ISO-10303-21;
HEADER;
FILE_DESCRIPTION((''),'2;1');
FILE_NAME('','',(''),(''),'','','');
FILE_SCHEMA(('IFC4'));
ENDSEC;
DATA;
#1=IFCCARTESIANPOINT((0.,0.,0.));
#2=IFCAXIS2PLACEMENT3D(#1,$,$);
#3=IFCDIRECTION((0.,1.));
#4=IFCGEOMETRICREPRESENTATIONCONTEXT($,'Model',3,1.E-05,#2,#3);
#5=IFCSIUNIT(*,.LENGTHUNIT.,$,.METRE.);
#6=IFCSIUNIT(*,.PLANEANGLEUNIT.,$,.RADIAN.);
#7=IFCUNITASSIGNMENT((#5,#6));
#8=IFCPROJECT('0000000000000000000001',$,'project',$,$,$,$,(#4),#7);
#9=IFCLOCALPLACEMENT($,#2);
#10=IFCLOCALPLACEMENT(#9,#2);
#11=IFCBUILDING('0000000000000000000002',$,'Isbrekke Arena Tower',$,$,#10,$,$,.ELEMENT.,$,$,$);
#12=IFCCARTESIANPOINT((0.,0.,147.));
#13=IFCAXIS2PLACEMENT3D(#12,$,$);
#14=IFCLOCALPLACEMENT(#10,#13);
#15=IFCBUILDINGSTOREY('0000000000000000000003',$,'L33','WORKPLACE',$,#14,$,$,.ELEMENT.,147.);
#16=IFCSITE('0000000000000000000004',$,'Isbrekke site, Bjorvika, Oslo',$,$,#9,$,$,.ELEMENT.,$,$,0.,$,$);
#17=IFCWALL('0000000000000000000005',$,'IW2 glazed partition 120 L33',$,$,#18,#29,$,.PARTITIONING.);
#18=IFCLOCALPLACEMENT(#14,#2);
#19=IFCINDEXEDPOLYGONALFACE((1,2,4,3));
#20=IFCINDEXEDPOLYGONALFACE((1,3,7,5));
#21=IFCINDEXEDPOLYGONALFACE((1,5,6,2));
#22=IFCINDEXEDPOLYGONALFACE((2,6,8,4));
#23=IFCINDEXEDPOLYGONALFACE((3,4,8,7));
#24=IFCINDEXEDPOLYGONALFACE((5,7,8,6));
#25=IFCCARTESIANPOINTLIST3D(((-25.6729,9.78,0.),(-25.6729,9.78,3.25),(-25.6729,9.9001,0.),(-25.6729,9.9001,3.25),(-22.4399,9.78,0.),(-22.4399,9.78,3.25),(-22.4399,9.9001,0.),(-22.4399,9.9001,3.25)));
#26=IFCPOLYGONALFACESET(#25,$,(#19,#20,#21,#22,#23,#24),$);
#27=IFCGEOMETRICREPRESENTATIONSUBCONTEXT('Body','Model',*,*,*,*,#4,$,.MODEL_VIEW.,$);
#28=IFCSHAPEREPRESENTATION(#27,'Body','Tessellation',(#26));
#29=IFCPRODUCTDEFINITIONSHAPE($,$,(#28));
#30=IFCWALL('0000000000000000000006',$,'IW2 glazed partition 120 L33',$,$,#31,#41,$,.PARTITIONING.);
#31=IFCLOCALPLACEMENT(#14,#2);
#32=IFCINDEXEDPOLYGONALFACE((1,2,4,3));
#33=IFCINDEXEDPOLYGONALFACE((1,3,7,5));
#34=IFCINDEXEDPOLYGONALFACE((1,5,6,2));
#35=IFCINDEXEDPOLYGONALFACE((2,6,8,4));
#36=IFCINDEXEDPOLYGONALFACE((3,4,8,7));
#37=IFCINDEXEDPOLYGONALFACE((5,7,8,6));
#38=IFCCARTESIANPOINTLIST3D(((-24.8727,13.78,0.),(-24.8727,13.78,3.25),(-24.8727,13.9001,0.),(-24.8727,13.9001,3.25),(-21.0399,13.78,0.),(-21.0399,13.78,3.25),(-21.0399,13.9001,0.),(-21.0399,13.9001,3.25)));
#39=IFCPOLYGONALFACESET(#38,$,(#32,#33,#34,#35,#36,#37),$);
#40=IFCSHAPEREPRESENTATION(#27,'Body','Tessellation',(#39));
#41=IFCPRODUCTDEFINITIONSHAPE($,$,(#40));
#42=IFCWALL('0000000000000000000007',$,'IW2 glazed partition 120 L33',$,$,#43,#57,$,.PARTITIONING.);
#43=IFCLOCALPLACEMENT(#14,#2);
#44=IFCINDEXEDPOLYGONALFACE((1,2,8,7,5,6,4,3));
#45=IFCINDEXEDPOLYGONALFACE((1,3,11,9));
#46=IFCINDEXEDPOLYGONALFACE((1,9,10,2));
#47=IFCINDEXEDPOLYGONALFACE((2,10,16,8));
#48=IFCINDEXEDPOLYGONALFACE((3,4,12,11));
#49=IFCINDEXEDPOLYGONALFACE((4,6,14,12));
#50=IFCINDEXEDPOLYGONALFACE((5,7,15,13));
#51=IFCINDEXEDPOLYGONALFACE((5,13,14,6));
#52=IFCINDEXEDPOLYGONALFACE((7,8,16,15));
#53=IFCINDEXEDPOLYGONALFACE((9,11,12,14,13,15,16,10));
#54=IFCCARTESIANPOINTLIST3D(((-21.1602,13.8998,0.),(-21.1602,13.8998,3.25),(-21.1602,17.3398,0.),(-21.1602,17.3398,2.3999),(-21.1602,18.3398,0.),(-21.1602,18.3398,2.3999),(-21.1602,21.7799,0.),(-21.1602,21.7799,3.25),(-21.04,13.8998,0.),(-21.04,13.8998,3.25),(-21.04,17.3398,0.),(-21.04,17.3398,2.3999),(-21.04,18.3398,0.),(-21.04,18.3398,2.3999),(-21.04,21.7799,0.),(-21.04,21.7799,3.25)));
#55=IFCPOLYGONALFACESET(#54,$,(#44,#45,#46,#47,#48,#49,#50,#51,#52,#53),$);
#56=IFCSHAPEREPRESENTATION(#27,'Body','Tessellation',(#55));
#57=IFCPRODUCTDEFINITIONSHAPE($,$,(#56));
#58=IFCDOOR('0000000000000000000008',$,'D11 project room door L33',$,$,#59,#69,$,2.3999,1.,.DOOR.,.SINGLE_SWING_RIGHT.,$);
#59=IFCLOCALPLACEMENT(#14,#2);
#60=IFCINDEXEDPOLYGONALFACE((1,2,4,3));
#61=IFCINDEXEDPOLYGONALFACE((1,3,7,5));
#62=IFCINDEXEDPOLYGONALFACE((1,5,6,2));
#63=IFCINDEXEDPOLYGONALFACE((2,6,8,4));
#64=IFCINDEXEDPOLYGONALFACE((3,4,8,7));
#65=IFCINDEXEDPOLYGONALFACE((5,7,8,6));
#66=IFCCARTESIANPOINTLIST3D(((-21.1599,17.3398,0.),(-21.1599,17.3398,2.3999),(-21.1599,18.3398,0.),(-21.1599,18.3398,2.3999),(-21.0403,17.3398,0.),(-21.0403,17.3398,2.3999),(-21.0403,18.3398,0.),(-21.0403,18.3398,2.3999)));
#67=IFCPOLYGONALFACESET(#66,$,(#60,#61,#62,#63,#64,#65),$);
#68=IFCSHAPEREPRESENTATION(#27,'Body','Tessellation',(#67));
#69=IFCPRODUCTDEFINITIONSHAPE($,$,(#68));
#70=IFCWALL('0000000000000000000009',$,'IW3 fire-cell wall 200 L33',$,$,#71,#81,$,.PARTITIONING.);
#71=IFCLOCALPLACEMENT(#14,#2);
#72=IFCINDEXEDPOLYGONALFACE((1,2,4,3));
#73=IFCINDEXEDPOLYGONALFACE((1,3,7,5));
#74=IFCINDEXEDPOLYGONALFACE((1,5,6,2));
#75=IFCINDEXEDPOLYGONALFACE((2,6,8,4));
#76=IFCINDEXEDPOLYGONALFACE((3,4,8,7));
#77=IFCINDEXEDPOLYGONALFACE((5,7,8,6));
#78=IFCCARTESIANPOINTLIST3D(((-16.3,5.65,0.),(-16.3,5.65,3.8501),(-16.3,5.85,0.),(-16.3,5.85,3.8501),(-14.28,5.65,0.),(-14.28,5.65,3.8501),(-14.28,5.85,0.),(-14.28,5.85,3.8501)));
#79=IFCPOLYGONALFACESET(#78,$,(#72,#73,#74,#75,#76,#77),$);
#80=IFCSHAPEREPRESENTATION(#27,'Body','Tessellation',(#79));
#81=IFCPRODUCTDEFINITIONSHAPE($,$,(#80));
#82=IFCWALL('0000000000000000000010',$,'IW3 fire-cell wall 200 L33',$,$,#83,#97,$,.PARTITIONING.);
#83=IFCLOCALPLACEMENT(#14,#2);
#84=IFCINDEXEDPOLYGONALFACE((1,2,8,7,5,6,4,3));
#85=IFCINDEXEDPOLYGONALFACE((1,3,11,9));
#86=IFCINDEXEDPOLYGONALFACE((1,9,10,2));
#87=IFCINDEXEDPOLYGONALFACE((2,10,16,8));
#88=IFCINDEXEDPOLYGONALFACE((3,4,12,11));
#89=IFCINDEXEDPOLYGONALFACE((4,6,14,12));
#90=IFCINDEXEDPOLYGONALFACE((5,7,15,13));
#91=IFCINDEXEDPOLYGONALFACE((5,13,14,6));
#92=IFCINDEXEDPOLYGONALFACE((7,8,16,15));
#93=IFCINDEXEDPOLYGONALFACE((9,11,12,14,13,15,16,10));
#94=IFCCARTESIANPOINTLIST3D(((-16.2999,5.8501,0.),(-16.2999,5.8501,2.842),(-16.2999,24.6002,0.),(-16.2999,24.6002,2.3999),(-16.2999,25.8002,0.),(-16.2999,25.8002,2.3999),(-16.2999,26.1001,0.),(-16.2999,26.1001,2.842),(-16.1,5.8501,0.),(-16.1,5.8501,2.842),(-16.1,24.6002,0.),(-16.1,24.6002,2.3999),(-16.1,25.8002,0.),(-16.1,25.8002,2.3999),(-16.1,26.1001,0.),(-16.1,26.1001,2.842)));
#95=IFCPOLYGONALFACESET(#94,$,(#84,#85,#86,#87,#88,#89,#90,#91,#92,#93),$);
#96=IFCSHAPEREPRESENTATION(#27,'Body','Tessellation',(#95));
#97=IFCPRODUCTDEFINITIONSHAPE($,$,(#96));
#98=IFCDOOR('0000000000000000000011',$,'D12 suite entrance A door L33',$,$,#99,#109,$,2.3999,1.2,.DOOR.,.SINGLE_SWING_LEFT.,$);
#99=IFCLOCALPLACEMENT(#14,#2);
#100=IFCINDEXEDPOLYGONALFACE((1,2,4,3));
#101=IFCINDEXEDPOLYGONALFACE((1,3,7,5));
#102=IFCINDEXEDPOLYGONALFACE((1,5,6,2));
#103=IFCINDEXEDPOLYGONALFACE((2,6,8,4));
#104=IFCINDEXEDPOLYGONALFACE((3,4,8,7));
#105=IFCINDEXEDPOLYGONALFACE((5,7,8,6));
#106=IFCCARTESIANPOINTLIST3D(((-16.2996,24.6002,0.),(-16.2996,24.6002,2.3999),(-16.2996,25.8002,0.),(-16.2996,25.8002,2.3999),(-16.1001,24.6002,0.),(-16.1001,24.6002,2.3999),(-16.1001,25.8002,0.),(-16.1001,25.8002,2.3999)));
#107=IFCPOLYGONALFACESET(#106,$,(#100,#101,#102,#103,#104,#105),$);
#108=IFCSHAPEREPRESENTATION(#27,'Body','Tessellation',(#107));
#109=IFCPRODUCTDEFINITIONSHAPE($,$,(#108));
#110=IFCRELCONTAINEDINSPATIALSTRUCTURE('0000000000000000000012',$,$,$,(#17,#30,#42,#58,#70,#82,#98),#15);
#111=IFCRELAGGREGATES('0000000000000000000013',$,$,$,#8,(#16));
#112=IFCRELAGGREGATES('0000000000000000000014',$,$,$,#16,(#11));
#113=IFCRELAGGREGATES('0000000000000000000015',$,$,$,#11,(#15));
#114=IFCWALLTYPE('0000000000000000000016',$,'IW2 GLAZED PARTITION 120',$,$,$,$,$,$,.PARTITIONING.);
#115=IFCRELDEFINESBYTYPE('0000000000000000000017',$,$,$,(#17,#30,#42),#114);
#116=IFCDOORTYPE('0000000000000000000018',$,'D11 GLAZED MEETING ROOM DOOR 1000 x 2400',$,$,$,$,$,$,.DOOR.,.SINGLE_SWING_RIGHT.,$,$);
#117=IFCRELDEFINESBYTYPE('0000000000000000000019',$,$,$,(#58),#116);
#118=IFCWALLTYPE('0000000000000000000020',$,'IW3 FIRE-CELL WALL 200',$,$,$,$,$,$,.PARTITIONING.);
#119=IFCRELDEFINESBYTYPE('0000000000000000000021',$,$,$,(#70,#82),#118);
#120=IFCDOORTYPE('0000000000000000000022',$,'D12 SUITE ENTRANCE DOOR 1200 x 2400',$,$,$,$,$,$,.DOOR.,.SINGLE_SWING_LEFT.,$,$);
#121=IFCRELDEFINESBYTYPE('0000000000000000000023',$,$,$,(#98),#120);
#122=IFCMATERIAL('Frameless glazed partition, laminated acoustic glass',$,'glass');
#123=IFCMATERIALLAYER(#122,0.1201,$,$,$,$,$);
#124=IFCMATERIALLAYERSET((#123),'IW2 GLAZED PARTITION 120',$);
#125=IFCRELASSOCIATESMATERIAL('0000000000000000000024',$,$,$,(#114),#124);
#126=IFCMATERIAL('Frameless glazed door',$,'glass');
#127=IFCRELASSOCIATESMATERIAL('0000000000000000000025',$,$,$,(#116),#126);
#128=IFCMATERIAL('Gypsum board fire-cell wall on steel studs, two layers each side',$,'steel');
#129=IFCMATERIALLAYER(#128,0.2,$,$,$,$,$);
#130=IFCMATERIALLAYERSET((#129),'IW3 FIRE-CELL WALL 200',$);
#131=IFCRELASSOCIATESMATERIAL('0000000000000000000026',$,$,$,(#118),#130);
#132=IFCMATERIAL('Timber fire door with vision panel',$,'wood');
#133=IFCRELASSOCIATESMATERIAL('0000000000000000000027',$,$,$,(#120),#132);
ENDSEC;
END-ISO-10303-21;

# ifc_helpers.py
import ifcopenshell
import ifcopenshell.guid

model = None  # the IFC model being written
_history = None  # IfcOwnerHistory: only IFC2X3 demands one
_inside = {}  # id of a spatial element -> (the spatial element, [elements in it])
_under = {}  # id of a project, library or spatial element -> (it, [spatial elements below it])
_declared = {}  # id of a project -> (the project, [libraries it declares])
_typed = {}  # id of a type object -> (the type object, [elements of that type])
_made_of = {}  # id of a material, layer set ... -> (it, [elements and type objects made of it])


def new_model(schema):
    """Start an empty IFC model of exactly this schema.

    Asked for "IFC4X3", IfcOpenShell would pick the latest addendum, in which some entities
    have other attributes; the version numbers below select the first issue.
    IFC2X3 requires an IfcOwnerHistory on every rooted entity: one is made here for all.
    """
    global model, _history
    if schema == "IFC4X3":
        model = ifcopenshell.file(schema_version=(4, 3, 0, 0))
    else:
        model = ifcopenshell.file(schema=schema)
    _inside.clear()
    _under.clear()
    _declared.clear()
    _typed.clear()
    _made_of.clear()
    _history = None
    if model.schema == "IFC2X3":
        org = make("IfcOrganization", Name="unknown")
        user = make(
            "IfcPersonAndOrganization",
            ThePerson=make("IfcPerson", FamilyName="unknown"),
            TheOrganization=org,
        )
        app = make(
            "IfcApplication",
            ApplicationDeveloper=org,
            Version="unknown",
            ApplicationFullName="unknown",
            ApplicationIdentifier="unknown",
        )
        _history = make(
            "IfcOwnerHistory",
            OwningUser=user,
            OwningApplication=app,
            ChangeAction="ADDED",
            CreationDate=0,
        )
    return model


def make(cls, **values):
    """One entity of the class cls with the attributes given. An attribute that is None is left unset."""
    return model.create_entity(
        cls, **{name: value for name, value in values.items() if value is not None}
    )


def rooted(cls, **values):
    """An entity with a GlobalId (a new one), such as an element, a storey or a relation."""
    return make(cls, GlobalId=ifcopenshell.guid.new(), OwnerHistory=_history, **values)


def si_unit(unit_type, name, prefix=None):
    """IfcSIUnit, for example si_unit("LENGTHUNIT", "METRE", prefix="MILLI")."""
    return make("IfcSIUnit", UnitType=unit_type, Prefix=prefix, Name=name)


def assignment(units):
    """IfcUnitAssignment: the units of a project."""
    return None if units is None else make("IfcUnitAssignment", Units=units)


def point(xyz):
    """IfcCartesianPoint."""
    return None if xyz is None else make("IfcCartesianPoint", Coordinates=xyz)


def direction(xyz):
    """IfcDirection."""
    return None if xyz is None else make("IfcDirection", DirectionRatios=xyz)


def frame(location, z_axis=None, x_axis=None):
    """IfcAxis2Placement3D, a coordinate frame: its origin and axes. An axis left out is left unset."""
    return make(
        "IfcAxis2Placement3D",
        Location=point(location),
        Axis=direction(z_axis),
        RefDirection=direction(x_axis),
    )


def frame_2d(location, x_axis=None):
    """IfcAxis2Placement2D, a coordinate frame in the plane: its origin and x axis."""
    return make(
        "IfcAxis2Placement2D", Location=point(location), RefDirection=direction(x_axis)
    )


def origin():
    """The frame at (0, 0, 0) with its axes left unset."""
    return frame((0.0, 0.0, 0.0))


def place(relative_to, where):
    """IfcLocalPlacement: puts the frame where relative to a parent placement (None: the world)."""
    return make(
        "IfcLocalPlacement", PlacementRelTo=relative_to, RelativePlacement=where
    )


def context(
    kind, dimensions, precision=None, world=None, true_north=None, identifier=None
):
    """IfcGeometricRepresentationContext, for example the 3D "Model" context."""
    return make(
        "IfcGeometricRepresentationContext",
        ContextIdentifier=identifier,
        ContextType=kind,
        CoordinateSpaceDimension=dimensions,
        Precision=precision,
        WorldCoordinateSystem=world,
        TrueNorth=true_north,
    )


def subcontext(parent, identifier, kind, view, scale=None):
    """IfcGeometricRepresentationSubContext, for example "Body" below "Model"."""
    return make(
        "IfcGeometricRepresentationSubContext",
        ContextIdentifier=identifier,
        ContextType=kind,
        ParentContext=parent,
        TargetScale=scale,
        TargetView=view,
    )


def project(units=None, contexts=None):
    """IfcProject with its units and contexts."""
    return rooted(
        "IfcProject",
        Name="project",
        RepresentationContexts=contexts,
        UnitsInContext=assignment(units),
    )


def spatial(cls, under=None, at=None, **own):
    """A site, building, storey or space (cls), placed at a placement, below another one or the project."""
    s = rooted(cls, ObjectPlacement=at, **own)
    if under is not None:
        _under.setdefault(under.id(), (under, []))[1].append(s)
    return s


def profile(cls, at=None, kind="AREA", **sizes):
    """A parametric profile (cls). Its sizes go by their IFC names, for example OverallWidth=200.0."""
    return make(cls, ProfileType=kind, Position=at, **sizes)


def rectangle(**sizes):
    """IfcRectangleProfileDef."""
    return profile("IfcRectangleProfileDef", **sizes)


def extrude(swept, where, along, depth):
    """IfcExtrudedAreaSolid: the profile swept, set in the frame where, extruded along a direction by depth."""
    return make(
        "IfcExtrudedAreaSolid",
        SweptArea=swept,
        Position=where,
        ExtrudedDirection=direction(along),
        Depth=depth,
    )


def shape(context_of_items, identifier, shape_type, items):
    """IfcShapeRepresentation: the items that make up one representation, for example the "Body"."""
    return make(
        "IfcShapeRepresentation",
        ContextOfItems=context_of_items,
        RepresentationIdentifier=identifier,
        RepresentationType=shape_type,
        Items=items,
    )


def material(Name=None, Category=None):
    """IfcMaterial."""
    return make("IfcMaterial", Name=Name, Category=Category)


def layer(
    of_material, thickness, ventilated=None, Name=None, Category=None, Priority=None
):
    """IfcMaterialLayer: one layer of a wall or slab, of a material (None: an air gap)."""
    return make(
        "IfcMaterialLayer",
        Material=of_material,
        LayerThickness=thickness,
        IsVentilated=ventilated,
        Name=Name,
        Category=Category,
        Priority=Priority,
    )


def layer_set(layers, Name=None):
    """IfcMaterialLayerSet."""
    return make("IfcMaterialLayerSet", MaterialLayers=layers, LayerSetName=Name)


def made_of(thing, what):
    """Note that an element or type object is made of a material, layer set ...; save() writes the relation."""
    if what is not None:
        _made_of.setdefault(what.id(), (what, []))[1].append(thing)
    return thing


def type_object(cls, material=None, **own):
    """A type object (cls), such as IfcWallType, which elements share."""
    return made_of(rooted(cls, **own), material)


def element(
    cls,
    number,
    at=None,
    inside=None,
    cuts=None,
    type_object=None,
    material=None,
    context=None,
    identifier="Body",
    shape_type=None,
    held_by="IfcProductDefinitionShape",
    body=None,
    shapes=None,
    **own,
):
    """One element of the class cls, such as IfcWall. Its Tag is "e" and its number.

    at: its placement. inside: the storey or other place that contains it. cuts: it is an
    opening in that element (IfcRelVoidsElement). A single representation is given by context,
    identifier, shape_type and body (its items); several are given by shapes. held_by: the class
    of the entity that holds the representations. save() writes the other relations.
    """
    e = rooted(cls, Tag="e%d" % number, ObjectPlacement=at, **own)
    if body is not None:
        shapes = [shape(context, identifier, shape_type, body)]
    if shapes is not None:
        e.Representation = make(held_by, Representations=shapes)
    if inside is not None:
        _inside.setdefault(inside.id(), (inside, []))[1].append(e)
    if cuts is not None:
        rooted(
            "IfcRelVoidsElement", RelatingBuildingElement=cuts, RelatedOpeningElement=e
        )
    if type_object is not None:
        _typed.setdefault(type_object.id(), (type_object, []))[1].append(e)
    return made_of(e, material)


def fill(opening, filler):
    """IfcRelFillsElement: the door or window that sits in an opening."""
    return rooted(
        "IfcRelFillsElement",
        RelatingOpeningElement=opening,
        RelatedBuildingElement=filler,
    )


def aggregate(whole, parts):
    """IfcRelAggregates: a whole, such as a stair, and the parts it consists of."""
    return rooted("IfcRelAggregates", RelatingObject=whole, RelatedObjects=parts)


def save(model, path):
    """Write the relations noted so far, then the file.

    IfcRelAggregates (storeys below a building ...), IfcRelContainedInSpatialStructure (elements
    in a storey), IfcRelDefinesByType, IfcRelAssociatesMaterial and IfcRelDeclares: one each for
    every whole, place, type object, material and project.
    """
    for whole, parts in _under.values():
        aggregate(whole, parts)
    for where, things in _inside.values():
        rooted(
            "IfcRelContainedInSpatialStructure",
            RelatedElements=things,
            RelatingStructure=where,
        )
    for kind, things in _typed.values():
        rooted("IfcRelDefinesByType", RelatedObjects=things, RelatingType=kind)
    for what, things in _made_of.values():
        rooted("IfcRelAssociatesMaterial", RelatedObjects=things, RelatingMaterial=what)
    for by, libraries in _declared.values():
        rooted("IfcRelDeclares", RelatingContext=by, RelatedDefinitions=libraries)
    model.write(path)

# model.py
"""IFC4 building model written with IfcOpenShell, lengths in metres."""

from ifc_helpers import new_model, si_unit, direction, frame, frame_2d, origin, place, context, subcontext, project, spatial, rectangle, extrude, material, layer, layer_set, type_object, element, fill, save


model = new_model("IFC4")

# Units and contexts
model_context = context("Model", 3, precision=1e-05, world=origin(), true_north=direction((0.0, 1.0)))
body_context = subcontext(model_context, "Body", "Model", "MODEL_VIEW")
ifc_project = project(units=[si_unit("LENGTHUNIT", "METRE"), si_unit("PLANEANGLEUNIT", "RADIAN")], contexts=[model_context])

# Site, building, storey
site_placement = place(None, origin())
site = spatial("IfcSite", under=ifc_project, at=site_placement, Name="Isbrekke site, Bjorvika, Oslo", CompositionType="ELEMENT", RefElevation=0.0)
building_placement = place(site_placement, origin())
building = spatial("IfcBuilding", under=site, at=building_placement, Name="Isbrekke Arena Tower", CompositionType="ELEMENT")
storey_placement = place(building_placement, frame((0.0, 0.0, 147.0)))
storey = spatial("IfcBuildingStorey", under=building, at=storey_placement, Name="L33", Description="WORKPLACE", CompositionType="ELEMENT", Elevation=147.0)

# Walls
ifc_material_1 = material(Name="Frameless glazed partition, laminated acoustic glass", Category="glass")
ifc_layer_1 = layer(ifc_material_1, 0.1201)
ifc_layer_set_1 = layer_set([ifc_layer_1], Name="IW2 GLAZED PARTITION 120")
wall_type_1 = type_object("IfcWallType", Name="IW2 GLAZED PARTITION 120", PredefinedType="PARTITIONING", material=ifc_layer_set_1)
wall_1_placement = place(storey_placement, frame((-25.6729, 9.8401, 0.0), z_axis=(0.0, 0.0, 1.0), x_axis=(1.0, 0.0, 0.0)))
element("IfcWall", 1, at=wall_1_placement, inside=storey, type_object=wall_type_1, Name="IW2 glazed partition 120 L33", PredefinedType="PARTITIONING", context=body_context, shape_type="SweptSolid", body=[
    extrude(rectangle(XDim=3.2329, YDim=0.1201, at=frame_2d((1.6165, 0.0))), origin(), (0.0, 0.0, 1.0), 3.25),
])
wall_2_placement = place(storey_placement, frame((-24.8728, 13.8401, 0.0), z_axis=(0.0, 0.0, 1.0), x_axis=(1.0, 0.0, 0.0)))
element("IfcWall", 2, at=wall_2_placement, inside=storey, type_object=wall_type_1, Name="IW2 glazed partition 120 L33", PredefinedType="PARTITIONING", context=body_context, shape_type="SweptSolid", body=[
    extrude(rectangle(XDim=3.8328, YDim=0.1201, at=frame_2d((1.9165, 0.0))), origin(), (0.0, 0.0, 1.0), 3.25),
])

# Wall, opening, door
wall_3_placement = place(storey_placement, frame((-21.1001, 13.8999, 0.0), z_axis=(0.0, 0.0, 1.0), x_axis=(0.0, 1.0, 0.0)))
wall_3 = element("IfcWall", 3, at=wall_3_placement, inside=storey, type_object=wall_type_1, Name="IW2 glazed partition 120 L33", PredefinedType="PARTITIONING", context=body_context, shape_type="SweptSolid", body=[
    extrude(rectangle(XDim=7.8801, YDim=0.1201, at=frame_2d((3.9399, 0.0))), origin(), (0.0, 0.0, 1.0), 3.25),
])
opening_1_placement = place(wall_3_placement, frame((3.4399, 0.0, 0.0)))
opening_1 = element("IfcOpeningElement", 4, at=opening_1_placement, cuts=wall_3, PredefinedType="OPENING", context=body_context, shape_type="SweptSolid", body=[
    extrude(rectangle(XDim=1.0, YDim=2.3999, at=frame_2d((0.5, 1.2))), frame((0.0, 0.075, 0.0), z_axis=(0.0, -1.0, 0.0), x_axis=(1.0, 0.0, 0.0)), (0.0, 0.0, 1.0), 0.1499),
])
ifc_material_2 = material(Name="Frameless glazed door", Category="glass")
door_type_1 = type_object("IfcDoorType", Name="D11 GLAZED MEETING ROOM DOOR 1000 x 2400", OperationType="SINGLE_SWING_RIGHT", PredefinedType="DOOR", material=ifc_material_2)
door_1_placement = place(opening_1_placement, origin())
door_1 = element("IfcDoor", 5, at=door_1_placement, inside=storey, type_object=door_type_1, Name="D11 project room door L33", OperationType="SINGLE_SWING_RIGHT", OverallHeight=2.3999, OverallWidth=1.0, PredefinedType="DOOR", context=body_context, shape_type="SweptSolid", body=[
    extrude(rectangle(XDim=1.0, YDim=2.3999, at=frame_2d((0.5, 1.2))), frame((0.0, 0.0598, 0.0), z_axis=(0.0, -1.0, 0.0), x_axis=(1.0, 0.0, 0.0)), (0.0, 0.0, 1.0), 0.1196),
])
fill(opening_1, door_1)

# Wall
ifc_material_3 = material(Name="Gypsum board fire-cell wall on steel studs, two layers each side", Category="steel")
ifc_layer_2 = layer(ifc_material_3, 0.2)
ifc_layer_set_2 = layer_set([ifc_layer_2], Name="IW3 FIRE-CELL WALL 200")
wall_type_2 = type_object("IfcWallType", Name="IW3 FIRE-CELL WALL 200", PredefinedType="PARTITIONING", material=ifc_layer_set_2)
wall_4_placement = place(storey_placement, frame((-16.3, 5.75, 0.0), z_axis=(0.0, 0.0, 1.0), x_axis=(1.0, 0.0, 0.0)))
element("IfcWall", 6, at=wall_4_placement, inside=storey, type_object=wall_type_2, Name="IW3 fire-cell wall 200 L33", PredefinedType="PARTITIONING", context=body_context, shape_type="SweptSolid", body=[
    extrude(rectangle(XDim=2.02, YDim=0.2, at=frame_2d((1.01, 0.0))), origin(), (0.0, 0.0, 1.0), 3.8501),
])

# Wall, opening, door
wall_5_placement = place(storey_placement, frame((-16.2, 5.8501, 0.0), z_axis=(0.0, 0.0, 1.0), x_axis=(0.0, 1.0, 0.0)))
wall_5 = element("IfcWall", 7, at=wall_5_placement, inside=storey, type_object=wall_type_2, Name="IW3 fire-cell wall 200 L33", PredefinedType="PARTITIONING", context=body_context, shape_type="SweptSolid", body=[
    extrude(rectangle(XDim=20.25, YDim=0.2, at=frame_2d((10.125, 0.0))), origin(), (0.0, 0.0, 1.0), 2.842),
])
opening_2_placement = place(wall_5_placement, frame((18.75, 0.0, 0.0)))
opening_2 = element("IfcOpeningElement", 8, at=opening_2_placement, cuts=wall_5, PredefinedType="OPENING", context=body_context, shape_type="SweptSolid", body=[
    extrude(rectangle(XDim=1.2, YDim=2.3999, at=frame_2d((0.6001, 1.2))), frame((0.0, 0.1147, 0.0), z_axis=(0.0, -1.0, 0.0), x_axis=(1.0, 0.0, 0.0)), (0.0, 0.0, 1.0), 0.2297),
])
ifc_material_4 = material(Name="Timber fire door with vision panel", Category="wood")
door_type_2 = type_object("IfcDoorType", Name="D12 SUITE ENTRANCE DOOR 1200 x 2400", OperationType="SINGLE_SWING_LEFT", PredefinedType="DOOR", material=ifc_material_4)
door_2_placement = place(opening_2_placement, origin())
door_2 = element("IfcDoor", 9, at=door_2_placement, inside=storey, type_object=door_type_2, Name="D12 suite entrance A door L33", OperationType="SINGLE_SWING_LEFT", OverallHeight=2.3999, OverallWidth=1.2, PredefinedType="DOOR", context=body_context, shape_type="SweptSolid", body=[
    extrude(rectangle(XDim=1.2, YDim=2.3999, at=frame_2d((0.6001, 1.2))), frame((0.0, 0.0996, 0.0), z_axis=(0.0, -1.0, 0.0), x_axis=(1.0, 0.0, 0.0)), (0.0, 0.0, 1.0), 0.1995),
])
fill(opening_2, door_2)

save(model, "model.ifc")
